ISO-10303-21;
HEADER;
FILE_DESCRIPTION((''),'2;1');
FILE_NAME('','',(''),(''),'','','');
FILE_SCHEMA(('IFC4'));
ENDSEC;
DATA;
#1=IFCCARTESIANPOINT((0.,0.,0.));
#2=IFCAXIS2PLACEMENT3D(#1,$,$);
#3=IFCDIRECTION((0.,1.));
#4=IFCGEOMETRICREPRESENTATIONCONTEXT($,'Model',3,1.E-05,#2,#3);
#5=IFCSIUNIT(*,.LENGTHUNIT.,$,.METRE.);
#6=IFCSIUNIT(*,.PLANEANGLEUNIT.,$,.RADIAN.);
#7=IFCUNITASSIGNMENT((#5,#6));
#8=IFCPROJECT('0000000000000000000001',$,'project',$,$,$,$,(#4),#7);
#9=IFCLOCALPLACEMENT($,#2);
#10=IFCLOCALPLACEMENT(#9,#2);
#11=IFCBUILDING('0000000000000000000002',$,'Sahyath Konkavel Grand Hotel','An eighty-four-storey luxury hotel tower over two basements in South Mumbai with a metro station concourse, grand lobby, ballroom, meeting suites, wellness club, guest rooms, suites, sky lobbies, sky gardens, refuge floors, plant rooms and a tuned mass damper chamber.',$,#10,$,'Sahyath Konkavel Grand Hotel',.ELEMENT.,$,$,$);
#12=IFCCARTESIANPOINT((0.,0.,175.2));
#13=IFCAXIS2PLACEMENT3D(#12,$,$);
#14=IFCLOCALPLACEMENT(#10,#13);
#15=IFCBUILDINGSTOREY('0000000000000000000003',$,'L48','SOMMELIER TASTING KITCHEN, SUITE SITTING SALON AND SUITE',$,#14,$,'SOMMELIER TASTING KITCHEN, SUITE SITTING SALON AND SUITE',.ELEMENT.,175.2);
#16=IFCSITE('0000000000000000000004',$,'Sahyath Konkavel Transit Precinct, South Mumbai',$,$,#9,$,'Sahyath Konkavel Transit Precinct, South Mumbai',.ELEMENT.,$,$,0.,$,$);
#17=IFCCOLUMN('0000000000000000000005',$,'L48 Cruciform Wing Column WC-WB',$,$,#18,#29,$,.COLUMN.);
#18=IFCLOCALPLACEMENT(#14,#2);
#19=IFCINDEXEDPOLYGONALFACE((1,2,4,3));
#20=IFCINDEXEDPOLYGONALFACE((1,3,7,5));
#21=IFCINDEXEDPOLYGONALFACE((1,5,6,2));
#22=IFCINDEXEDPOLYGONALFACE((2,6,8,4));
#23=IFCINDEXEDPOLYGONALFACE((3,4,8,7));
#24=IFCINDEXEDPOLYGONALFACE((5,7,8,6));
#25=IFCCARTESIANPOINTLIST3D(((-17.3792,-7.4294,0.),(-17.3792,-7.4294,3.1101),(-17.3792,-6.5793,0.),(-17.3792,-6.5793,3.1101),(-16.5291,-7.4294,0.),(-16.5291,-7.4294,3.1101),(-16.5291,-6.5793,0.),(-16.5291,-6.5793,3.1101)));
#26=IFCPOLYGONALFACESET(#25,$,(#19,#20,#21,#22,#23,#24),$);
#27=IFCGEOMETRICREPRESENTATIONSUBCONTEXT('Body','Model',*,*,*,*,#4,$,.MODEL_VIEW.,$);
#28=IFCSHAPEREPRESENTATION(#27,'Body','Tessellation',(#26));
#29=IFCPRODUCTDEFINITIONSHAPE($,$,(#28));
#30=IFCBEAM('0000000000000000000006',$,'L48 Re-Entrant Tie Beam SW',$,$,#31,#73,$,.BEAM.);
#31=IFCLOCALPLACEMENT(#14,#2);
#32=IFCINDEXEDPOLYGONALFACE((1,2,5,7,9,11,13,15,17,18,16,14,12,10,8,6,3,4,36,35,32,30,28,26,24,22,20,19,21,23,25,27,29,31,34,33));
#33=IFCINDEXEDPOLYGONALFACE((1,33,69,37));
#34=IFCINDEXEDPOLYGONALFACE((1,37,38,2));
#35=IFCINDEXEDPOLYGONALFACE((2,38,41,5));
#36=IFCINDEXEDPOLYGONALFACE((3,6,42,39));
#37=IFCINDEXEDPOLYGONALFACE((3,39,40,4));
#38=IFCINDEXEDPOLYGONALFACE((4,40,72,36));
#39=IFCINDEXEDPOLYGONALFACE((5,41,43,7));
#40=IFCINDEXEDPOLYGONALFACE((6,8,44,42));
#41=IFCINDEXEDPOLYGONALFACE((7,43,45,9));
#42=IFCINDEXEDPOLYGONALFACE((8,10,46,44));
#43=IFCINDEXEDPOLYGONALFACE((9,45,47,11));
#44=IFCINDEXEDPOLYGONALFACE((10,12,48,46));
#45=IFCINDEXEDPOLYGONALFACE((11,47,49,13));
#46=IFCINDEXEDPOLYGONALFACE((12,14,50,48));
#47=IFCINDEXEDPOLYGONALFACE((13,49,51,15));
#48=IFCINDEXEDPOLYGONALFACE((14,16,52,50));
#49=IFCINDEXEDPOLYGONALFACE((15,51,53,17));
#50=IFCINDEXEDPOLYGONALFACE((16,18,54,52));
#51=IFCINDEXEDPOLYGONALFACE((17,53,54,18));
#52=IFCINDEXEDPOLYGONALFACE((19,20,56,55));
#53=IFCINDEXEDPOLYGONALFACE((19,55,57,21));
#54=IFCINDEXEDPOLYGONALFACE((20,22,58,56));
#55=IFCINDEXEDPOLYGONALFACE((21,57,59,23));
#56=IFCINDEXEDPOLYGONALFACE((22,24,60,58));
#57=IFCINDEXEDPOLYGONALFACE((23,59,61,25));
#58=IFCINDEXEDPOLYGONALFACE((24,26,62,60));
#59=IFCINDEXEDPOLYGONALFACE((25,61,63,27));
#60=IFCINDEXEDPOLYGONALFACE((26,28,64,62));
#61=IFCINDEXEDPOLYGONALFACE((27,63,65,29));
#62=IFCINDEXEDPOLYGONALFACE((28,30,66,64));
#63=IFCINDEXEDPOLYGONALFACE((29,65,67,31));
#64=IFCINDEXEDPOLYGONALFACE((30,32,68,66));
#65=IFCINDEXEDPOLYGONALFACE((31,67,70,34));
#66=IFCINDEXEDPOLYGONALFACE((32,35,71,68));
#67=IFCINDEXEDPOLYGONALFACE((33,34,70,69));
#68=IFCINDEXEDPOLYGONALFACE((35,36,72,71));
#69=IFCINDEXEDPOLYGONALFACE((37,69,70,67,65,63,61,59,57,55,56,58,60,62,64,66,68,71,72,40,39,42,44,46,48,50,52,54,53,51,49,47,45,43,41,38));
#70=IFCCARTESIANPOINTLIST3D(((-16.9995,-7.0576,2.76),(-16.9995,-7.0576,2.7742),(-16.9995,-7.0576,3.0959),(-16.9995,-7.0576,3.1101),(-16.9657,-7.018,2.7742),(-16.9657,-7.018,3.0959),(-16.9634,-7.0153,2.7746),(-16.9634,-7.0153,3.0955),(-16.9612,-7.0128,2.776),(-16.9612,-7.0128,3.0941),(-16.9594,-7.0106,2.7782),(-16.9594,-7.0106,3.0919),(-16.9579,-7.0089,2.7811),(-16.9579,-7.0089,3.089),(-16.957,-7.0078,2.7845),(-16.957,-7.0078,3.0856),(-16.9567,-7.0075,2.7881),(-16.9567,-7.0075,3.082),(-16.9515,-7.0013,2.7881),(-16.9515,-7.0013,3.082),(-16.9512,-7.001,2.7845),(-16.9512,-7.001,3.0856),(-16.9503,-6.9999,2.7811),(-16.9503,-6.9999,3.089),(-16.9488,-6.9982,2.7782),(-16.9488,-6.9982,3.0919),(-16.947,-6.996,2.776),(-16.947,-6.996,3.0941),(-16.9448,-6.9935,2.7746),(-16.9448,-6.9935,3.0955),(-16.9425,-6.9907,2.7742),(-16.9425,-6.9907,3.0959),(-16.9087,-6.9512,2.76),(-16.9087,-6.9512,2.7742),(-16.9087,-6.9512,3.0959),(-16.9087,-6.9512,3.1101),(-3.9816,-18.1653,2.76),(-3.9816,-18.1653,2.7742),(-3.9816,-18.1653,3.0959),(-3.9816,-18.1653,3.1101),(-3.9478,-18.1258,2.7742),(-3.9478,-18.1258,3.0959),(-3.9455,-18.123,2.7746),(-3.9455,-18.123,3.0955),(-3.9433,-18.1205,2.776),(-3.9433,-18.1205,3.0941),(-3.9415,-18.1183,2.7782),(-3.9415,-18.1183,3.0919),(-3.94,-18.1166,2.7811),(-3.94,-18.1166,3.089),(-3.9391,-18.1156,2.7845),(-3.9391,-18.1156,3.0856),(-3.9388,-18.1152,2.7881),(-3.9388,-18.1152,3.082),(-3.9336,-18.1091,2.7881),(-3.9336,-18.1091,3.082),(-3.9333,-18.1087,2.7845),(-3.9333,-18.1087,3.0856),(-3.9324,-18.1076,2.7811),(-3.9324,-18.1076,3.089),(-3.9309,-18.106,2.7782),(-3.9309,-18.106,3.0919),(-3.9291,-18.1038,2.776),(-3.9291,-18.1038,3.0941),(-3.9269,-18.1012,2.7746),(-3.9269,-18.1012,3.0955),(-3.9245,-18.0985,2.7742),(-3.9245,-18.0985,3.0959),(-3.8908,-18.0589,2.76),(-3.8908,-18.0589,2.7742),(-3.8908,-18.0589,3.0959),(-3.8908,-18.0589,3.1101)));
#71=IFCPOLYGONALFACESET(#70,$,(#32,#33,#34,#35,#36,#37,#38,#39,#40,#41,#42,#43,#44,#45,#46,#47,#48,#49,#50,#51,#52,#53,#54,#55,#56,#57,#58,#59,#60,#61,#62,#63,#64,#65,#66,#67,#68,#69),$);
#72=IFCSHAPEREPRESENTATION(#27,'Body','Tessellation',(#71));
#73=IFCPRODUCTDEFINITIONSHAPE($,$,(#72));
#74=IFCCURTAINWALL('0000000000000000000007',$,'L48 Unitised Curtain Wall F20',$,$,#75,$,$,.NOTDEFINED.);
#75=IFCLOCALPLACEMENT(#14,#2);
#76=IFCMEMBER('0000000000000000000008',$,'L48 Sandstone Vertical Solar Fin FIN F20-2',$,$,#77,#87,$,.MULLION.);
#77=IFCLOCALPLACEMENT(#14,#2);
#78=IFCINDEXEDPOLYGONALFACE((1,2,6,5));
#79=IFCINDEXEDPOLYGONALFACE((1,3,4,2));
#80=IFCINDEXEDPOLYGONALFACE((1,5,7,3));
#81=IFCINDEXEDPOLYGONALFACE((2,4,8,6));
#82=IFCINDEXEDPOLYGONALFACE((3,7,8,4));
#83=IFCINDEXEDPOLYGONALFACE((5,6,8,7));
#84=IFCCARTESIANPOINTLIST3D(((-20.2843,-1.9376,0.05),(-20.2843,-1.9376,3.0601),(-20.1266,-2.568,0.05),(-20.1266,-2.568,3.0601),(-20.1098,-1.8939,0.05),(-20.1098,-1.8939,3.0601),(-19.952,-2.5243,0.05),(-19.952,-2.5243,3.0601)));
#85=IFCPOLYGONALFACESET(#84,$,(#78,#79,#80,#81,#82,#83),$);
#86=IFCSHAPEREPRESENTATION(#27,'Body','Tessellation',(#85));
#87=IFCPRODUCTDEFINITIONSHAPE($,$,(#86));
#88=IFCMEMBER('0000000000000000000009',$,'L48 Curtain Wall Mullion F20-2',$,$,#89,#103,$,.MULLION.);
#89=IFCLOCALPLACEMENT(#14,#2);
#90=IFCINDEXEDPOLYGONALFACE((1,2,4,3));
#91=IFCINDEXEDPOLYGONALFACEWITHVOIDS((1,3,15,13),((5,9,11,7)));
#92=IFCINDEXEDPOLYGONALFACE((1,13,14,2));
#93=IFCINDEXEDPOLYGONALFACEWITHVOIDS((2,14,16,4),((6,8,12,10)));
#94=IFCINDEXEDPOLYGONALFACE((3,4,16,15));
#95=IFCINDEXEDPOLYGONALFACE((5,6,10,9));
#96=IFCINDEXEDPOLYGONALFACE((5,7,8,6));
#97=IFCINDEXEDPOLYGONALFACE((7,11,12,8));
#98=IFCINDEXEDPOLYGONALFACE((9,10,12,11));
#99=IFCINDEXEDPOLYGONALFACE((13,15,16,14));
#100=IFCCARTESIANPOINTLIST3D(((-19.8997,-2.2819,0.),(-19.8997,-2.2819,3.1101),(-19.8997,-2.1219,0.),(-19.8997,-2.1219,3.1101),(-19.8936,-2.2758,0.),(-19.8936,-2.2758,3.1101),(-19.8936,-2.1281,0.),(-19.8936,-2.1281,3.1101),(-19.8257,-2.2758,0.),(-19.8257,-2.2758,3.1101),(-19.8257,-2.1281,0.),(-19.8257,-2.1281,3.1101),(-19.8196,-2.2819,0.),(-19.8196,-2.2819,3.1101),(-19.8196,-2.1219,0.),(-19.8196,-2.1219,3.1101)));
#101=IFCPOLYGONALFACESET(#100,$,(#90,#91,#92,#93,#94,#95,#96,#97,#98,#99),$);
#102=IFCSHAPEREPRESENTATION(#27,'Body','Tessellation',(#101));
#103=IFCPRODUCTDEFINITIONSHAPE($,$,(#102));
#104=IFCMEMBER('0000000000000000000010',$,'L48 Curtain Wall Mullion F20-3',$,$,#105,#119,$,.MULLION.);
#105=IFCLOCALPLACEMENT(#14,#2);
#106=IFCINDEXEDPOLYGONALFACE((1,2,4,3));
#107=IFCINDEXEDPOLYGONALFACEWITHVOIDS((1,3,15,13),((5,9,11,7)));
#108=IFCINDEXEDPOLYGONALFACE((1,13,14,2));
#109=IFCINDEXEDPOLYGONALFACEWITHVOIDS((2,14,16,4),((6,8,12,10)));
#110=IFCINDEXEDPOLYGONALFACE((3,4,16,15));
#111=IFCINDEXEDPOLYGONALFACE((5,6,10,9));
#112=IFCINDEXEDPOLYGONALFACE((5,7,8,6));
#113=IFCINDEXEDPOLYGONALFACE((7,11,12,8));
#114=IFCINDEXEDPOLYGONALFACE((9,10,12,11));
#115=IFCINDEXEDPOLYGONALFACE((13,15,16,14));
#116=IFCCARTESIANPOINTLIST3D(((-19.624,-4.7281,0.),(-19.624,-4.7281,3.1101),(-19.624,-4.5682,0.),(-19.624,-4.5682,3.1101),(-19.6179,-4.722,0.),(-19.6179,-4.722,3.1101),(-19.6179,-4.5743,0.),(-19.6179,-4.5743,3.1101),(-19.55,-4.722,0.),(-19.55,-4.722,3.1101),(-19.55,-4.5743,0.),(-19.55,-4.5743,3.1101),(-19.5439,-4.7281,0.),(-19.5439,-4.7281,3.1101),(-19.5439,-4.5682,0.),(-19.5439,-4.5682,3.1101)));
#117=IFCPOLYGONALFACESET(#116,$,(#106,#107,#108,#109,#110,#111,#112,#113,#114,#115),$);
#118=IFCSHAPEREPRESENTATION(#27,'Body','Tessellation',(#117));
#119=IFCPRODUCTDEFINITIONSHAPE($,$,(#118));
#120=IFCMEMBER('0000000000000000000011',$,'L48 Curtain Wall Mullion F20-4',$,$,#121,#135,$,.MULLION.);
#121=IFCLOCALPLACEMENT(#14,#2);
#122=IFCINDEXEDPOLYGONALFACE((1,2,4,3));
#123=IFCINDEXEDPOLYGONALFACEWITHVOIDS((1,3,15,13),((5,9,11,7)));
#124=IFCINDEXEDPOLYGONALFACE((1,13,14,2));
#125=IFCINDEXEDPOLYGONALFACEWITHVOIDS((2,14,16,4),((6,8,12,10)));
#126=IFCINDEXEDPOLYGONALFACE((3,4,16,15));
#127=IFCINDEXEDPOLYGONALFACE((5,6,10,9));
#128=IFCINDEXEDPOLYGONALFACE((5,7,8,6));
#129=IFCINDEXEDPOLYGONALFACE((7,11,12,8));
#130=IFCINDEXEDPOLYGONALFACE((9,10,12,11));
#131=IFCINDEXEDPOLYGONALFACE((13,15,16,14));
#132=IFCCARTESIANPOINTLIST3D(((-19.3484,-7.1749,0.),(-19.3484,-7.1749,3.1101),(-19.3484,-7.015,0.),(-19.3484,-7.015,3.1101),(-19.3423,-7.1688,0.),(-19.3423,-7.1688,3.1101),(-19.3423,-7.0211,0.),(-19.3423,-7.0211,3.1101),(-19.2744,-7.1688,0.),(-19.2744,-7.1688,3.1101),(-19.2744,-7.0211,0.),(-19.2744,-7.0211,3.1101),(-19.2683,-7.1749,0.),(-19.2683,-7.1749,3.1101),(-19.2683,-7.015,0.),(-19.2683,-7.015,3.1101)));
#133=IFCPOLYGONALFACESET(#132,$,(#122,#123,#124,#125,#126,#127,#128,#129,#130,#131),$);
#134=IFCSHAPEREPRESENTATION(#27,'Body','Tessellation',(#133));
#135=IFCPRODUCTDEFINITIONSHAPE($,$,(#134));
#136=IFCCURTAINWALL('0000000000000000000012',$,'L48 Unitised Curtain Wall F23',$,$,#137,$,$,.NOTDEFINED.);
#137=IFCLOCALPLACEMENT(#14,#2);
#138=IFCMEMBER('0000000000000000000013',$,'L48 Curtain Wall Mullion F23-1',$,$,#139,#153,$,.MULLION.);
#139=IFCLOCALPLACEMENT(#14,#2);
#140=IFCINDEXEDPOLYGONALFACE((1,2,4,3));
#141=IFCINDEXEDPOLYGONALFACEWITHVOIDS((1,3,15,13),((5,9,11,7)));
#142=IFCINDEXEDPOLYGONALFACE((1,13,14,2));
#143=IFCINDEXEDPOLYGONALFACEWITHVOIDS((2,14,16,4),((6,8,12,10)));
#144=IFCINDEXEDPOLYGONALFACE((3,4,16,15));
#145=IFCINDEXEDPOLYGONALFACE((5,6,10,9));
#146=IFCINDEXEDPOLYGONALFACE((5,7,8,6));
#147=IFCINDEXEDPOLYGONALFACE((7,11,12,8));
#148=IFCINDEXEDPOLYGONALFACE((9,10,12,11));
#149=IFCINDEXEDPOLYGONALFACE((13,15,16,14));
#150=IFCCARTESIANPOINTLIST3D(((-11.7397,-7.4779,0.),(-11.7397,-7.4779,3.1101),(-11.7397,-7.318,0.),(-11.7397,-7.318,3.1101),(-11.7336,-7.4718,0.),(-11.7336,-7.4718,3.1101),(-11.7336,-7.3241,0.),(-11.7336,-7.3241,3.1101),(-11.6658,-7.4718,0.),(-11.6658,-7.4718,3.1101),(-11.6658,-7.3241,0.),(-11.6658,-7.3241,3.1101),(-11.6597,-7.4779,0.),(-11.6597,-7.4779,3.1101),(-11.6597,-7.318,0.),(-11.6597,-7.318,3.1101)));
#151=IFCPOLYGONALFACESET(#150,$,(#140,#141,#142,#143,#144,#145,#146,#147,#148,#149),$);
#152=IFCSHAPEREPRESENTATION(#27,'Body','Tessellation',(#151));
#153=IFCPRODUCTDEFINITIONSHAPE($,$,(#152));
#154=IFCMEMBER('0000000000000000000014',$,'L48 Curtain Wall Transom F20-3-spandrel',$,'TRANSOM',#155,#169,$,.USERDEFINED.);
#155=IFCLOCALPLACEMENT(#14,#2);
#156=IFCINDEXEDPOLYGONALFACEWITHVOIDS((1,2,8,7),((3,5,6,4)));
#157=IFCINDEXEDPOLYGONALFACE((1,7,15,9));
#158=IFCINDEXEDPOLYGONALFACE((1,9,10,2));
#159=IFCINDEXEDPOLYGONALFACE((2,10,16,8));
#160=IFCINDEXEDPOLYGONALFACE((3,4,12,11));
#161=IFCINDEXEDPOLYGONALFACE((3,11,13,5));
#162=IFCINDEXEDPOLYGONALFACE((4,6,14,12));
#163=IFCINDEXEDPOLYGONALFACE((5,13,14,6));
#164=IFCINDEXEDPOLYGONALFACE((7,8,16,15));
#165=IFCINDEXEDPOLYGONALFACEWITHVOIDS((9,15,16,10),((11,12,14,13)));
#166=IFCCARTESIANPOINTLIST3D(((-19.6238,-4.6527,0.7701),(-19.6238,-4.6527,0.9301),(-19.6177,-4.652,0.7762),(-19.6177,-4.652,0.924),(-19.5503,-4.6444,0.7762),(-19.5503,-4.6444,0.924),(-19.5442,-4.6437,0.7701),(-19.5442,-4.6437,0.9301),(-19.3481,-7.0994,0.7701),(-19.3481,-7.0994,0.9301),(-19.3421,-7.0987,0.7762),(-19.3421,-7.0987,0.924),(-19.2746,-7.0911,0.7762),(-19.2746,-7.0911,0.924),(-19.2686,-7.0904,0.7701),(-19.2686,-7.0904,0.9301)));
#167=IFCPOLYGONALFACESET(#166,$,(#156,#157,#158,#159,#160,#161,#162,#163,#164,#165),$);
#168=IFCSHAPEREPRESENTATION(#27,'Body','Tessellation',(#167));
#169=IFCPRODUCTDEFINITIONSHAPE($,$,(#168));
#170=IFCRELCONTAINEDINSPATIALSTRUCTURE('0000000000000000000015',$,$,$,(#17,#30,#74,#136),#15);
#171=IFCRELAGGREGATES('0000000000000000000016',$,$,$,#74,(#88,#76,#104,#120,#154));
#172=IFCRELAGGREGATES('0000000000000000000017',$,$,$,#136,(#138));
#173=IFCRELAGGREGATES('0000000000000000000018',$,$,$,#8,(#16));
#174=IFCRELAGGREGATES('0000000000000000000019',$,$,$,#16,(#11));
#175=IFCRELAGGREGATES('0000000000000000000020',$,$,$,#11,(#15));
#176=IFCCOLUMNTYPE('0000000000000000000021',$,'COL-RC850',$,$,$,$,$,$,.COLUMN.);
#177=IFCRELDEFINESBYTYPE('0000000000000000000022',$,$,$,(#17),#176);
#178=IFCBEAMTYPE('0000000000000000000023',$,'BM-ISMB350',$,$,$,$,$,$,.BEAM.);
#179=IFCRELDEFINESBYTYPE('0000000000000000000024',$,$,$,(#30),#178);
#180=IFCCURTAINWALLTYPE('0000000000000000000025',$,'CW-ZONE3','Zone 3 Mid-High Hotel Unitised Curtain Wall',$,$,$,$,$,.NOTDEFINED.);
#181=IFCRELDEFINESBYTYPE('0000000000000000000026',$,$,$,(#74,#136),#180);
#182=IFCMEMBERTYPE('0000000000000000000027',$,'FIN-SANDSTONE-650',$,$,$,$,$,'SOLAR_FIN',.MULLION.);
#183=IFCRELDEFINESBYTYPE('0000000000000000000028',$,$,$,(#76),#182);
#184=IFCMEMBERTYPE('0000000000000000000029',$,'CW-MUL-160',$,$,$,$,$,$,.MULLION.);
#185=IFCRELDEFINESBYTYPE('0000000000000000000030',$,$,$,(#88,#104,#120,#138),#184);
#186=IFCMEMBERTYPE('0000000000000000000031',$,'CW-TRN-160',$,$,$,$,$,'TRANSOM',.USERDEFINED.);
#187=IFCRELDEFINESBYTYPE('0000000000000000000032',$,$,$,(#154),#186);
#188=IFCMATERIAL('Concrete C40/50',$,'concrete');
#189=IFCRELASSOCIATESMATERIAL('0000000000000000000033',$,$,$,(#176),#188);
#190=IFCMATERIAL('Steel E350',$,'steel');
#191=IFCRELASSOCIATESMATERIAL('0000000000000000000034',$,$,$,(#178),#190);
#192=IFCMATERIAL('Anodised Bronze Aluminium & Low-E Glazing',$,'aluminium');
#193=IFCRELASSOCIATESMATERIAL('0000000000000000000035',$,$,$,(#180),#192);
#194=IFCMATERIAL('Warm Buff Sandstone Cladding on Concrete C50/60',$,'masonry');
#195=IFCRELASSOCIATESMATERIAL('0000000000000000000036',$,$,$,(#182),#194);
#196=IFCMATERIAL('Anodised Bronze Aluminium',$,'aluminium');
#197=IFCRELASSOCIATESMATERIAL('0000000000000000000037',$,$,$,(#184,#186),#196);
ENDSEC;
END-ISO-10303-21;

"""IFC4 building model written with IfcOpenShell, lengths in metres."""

from ifc_helpers import new_model, si_unit, direction, frame, origin, origin_2d, place, context, subcontext, project, spatial, rectangle, hollow_rectangle, i_section, extrude, source, transform, mapped, material, material_profile, profile_set, type_object, element, aggregate, save


model = new_model("IFC4")

# Units and contexts
model_context = context("Model", 3, precision=1e-05, world=origin(), true_north=direction((0.0, 1.0)))
body_context = subcontext(model_context, "Body", "Model", "MODEL_VIEW")
ifc_project = project(units=[si_unit("LENGTHUNIT", "METRE"), si_unit("PLANEANGLEUNIT", "RADIAN")], contexts=[model_context])

# Site, building, storey
site_placement = place(None, origin())
site = spatial("IfcSite", under=ifc_project, at=site_placement, Name="Sahyath Konkavel Transit Precinct, South Mumbai", LongName="Sahyath Konkavel Transit Precinct, South Mumbai", CompositionType="ELEMENT", RefElevation=0.0)
building_placement = place(site_placement, origin())
building = spatial("IfcBuilding", under=site, at=building_placement, Name="Sahyath Konkavel Grand Hotel", Description="An eighty-four-storey luxury hotel tower over two basements in South Mumbai with a metro station concourse, grand lobby, ballroom, meeting suites, wellness club, guest rooms, suites, sky lobbies, sky gardens, refuge floors, plant rooms and a tuned mass damper chamber.", LongName="Sahyath Konkavel Grand Hotel", CompositionType="ELEMENT")
storey_placement = place(building_placement, frame((0.0, 0.0, 175.2)))
storey = spatial("IfcBuildingStorey", under=building, at=storey_placement, Name="L48", Description="SOMMELIER TASTING KITCHEN, SUITE SITTING SALON AND SUITE", LongName="SOMMELIER TASTING KITCHEN, SUITE SITTING SALON AND SUITE", CompositionType="ELEMENT", Elevation=175.2)

# Column
ifc_material_1 = material(Name="Concrete C40/50", Category="concrete")
ifc_material_profile_1 = material_profile(ifc_material_1, rectangle(XDim=0.8501, YDim=0.8501, at=origin_2d()), Name="RC 850x850")
ifc_profile_set_1 = profile_set([ifc_material_profile_1], Name="Concrete C40/50")
column_type = type_object("IfcColumnType", Name="COL-RC850", PredefinedType="COLUMN", material=ifc_profile_set_1)
shared_shape_1 = source(origin(), body_context, "Body", "SweptSolid", [
    extrude(rectangle(XDim=0.8501, YDim=0.8501, at=origin_2d()), origin(), (0.0, 0.0, 1.0), 3.1101),
])
column_placement = place(storey_placement, frame((-16.9541, -7.0044, 0.0), z_axis=(0.0, 0.0, 1.0), x_axis=(1.0, 0.0, 0.0)))
element("IfcColumn", 1, at=column_placement, inside=storey, type_object=column_type, Name="L48 Cruciform Wing Column WC-WB", PredefinedType="COLUMN", context=body_context, shape_type="MappedRepresentation", body=[
    mapped(shared_shape_1, transform((0.0, 0.0, 0.0), scale=1.0)),
])

# Beam
ifc_material_2 = material(Name="Steel E350", Category="steel")
ifc_material_profile_2 = material_profile(ifc_material_2, i_section(OverallWidth=0.1399, OverallDepth=0.3501, WebThickness=0.0081, FlangeThickness=0.0142, FilletRadius=0.0139, at=origin_2d()), Name="ISMB 350")
ifc_profile_set_2 = profile_set([ifc_material_profile_2], Name="Steel E350")
beam_type_1 = type_object("IfcBeamType", Name="BM-ISMB350", PredefinedType="BEAM", material=ifc_profile_set_2)
shared_shape_2 = source(origin(), body_context, "Body", "SweptSolid", [
    extrude(i_section(OverallWidth=0.1399, OverallDepth=0.3501, WebThickness=0.0081, FlangeThickness=0.0142, FilletRadius=0.0139, at=origin_2d()), origin(), (0.0, 0.0, 1.0), 17.1128),
])
beam_1_placement = place(storey_placement, frame((-16.9541, -7.0044, 2.9351), z_axis=(0.760712, -0.64909, 0.0), x_axis=(0.64909, 0.760712, 0.0)))
element("IfcBeam", 2, at=beam_1_placement, inside=storey, type_object=beam_type_1, Name="L48 Re-Entrant Tie Beam SW", PredefinedType="BEAM", context=body_context, shape_type="MappedRepresentation", body=[
    mapped(shared_shape_2, transform((0.0, 0.0, 0.0), scale=1.0)),
])

# Curtain wall, members
ifc_material_3 = material(Name="Anodised Bronze Aluminium & Low-E Glazing", Category="aluminium")
curtain_wall_type = type_object("IfcCurtainWallType", Name="CW-ZONE3", Description="Zone 3 Mid-High Hotel Unitised Curtain Wall", PredefinedType="NOTDEFINED", material=ifc_material_3)
curtain_wall_1_placement = place(storey_placement, origin())
curtain_wall_1 = element("IfcCurtainWall", 3, at=curtain_wall_1_placement, inside=storey, type_object=curtain_wall_type, Name="L48 Unitised Curtain Wall F20", PredefinedType="NOTDEFINED")
ifc_material_4 = material(Name="Warm Buff Sandstone Cladding on Concrete C50/60", Category="masonry")
ifc_material_profile_3 = material_profile(ifc_material_4, rectangle(XDim=0.1799, YDim=0.6499, at=origin_2d()), Name="FIN 180x650")
ifc_profile_set_3 = profile_set([ifc_material_profile_3], Name="Warm Buff Sandstone Cladding on Concrete C50/60")
member_type_1 = type_object("IfcMemberType", Name="FIN-SANDSTONE-650", ElementType="SOLAR_FIN", PredefinedType="MULLION", material=ifc_profile_set_3)
shared_shape_3 = source(origin(), body_context, "Body", "SweptSolid", [
    extrude(rectangle(XDim=0.1799, YDim=0.6499, at=origin_2d()), origin(), (0.0, 0.0, 1.0), 3.01),
])
member_1_placement = place(storey_placement, frame((-20.1182, -2.231, 0.05), z_axis=(0.0, 0.0, 1.0), x_axis=(0.970084, 0.242769, 0.0)))
member_1 = element("IfcMember", 4, at=member_1_placement, type_object=member_type_1, Name="L48 Sandstone Vertical Solar Fin FIN F20-2", PredefinedType="MULLION", context=body_context, shape_type="MappedRepresentation", body=[
    mapped(shared_shape_3, transform((0.0, 0.0, 0.0), scale=1.0)),
])
ifc_material_5 = material(Name="Anodised Bronze Aluminium", Category="aluminium")
ifc_material_profile_4 = material_profile(ifc_material_5, hollow_rectangle(XDim=0.0801, YDim=0.1599, WallThickness=0.0061, at=origin_2d()), Name="RHS 160x80x6")
ifc_profile_set_4 = profile_set([ifc_material_profile_4], Name="Anodised Bronze Aluminium")
member_type_2 = type_object("IfcMemberType", Name="CW-MUL-160", PredefinedType="MULLION", material=ifc_profile_set_4)
shared_shape_4 = source(origin(), body_context, "Body", "SweptSolid", [
    extrude(hollow_rectangle(XDim=0.0801, YDim=0.1599, WallThickness=0.0061, at=origin_2d()), origin(), (0.0, 0.0, 1.0), 3.1101),
])
member_2_placement = place(storey_placement, frame((-19.8596, -2.2019, 0.0), z_axis=(0.0, 0.0, 1.0), x_axis=(1.0, 0.0, 0.0)))
member_2 = element("IfcMember", 5, at=member_2_placement, type_object=member_type_2, Name="L48 Curtain Wall Mullion F20-2", PredefinedType="MULLION", context=body_context, shape_type="MappedRepresentation", body=[
    mapped(shared_shape_4, transform((0.0, 0.0, 0.0), scale=1.0)),
])
member_3_placement = place(storey_placement, frame((-19.584, -4.6482, 0.0), z_axis=(0.0, 0.0, 1.0), x_axis=(1.0, 0.0, 0.0)))
member_3 = element("IfcMember", 6, at=member_3_placement, type_object=member_type_2, Name="L48 Curtain Wall Mullion F20-3", PredefinedType="MULLION", context=body_context, shape_type="MappedRepresentation", body=[
    mapped(shared_shape_4, transform((0.0, 0.0, 0.0), scale=1.0)),
])
member_4_placement = place(storey_placement, frame((-19.3083, -7.095, 0.0), z_axis=(0.0, 0.0, 1.0), x_axis=(1.0, 0.0, 0.0)))
member_4 = element("IfcMember", 7, at=member_4_placement, type_object=member_type_2, Name="L48 Curtain Wall Mullion F20-4", PredefinedType="MULLION", context=body_context, shape_type="MappedRepresentation", body=[
    mapped(shared_shape_4, transform((0.0, 0.0, 0.0), scale=1.0)),
])

# Curtain wall, member
curtain_wall_2_placement = place(storey_placement, origin())
curtain_wall_2 = element("IfcCurtainWall", 8, at=curtain_wall_2_placement, inside=storey, type_object=curtain_wall_type, Name="L48 Unitised Curtain Wall F23", PredefinedType="NOTDEFINED")
member_5_placement = place(storey_placement, frame((-11.6997, -7.3979, 0.0), z_axis=(0.0, 0.0, 1.0), x_axis=(1.0, 0.0, 0.0)))
member_5 = element("IfcMember", 9, at=member_5_placement, type_object=member_type_2, Name="L48 Curtain Wall Mullion F23-1", PredefinedType="MULLION", context=body_context, shape_type="MappedRepresentation", body=[
    mapped(shared_shape_4, transform((0.0, 0.0, 0.0), scale=1.0)),
])

# Member
ifc_material_profile_5 = material_profile(ifc_material_5, hollow_rectangle(XDim=0.0801, YDim=0.1599, WallThickness=0.0061, at=origin_2d()), Name="RHS 160x80x6")
ifc_profile_set_5 = profile_set([ifc_material_profile_5], Name="Anodised Bronze Aluminium")
member_type_3 = type_object("IfcMemberType", Name="CW-TRN-160", ElementType="TRANSOM", PredefinedType="USERDEFINED", material=ifc_profile_set_5)
shared_shape_5 = source(origin(), body_context, "Body", "SweptSolid", [
    extrude(hollow_rectangle(XDim=0.0801, YDim=0.1599, WallThickness=0.0061, at=origin_2d()), origin(), (0.0, 0.0, 1.0), 2.4622),
])
member_6_placement = place(storey_placement, frame((-19.584, -4.6482, 0.8501), z_axis=(0.111944, -0.993715, 0.0), x_axis=(0.993715, 0.111944, 0.0)))
member_6 = element("IfcMember", 10, at=member_6_placement, type_object=member_type_3, Name="L48 Curtain Wall Transom F20-3-spandrel", ObjectType="TRANSOM", PredefinedType="USERDEFINED", context=body_context, shape_type="MappedRepresentation", body=[
    mapped(shared_shape_5, transform((0.0, 0.0, 0.0), scale=1.0)),
])

aggregate(curtain_wall_1, [member_2, member_1, member_3, member_4, member_6])
aggregate(curtain_wall_2, [member_5])

save(model, "model.ifc")
